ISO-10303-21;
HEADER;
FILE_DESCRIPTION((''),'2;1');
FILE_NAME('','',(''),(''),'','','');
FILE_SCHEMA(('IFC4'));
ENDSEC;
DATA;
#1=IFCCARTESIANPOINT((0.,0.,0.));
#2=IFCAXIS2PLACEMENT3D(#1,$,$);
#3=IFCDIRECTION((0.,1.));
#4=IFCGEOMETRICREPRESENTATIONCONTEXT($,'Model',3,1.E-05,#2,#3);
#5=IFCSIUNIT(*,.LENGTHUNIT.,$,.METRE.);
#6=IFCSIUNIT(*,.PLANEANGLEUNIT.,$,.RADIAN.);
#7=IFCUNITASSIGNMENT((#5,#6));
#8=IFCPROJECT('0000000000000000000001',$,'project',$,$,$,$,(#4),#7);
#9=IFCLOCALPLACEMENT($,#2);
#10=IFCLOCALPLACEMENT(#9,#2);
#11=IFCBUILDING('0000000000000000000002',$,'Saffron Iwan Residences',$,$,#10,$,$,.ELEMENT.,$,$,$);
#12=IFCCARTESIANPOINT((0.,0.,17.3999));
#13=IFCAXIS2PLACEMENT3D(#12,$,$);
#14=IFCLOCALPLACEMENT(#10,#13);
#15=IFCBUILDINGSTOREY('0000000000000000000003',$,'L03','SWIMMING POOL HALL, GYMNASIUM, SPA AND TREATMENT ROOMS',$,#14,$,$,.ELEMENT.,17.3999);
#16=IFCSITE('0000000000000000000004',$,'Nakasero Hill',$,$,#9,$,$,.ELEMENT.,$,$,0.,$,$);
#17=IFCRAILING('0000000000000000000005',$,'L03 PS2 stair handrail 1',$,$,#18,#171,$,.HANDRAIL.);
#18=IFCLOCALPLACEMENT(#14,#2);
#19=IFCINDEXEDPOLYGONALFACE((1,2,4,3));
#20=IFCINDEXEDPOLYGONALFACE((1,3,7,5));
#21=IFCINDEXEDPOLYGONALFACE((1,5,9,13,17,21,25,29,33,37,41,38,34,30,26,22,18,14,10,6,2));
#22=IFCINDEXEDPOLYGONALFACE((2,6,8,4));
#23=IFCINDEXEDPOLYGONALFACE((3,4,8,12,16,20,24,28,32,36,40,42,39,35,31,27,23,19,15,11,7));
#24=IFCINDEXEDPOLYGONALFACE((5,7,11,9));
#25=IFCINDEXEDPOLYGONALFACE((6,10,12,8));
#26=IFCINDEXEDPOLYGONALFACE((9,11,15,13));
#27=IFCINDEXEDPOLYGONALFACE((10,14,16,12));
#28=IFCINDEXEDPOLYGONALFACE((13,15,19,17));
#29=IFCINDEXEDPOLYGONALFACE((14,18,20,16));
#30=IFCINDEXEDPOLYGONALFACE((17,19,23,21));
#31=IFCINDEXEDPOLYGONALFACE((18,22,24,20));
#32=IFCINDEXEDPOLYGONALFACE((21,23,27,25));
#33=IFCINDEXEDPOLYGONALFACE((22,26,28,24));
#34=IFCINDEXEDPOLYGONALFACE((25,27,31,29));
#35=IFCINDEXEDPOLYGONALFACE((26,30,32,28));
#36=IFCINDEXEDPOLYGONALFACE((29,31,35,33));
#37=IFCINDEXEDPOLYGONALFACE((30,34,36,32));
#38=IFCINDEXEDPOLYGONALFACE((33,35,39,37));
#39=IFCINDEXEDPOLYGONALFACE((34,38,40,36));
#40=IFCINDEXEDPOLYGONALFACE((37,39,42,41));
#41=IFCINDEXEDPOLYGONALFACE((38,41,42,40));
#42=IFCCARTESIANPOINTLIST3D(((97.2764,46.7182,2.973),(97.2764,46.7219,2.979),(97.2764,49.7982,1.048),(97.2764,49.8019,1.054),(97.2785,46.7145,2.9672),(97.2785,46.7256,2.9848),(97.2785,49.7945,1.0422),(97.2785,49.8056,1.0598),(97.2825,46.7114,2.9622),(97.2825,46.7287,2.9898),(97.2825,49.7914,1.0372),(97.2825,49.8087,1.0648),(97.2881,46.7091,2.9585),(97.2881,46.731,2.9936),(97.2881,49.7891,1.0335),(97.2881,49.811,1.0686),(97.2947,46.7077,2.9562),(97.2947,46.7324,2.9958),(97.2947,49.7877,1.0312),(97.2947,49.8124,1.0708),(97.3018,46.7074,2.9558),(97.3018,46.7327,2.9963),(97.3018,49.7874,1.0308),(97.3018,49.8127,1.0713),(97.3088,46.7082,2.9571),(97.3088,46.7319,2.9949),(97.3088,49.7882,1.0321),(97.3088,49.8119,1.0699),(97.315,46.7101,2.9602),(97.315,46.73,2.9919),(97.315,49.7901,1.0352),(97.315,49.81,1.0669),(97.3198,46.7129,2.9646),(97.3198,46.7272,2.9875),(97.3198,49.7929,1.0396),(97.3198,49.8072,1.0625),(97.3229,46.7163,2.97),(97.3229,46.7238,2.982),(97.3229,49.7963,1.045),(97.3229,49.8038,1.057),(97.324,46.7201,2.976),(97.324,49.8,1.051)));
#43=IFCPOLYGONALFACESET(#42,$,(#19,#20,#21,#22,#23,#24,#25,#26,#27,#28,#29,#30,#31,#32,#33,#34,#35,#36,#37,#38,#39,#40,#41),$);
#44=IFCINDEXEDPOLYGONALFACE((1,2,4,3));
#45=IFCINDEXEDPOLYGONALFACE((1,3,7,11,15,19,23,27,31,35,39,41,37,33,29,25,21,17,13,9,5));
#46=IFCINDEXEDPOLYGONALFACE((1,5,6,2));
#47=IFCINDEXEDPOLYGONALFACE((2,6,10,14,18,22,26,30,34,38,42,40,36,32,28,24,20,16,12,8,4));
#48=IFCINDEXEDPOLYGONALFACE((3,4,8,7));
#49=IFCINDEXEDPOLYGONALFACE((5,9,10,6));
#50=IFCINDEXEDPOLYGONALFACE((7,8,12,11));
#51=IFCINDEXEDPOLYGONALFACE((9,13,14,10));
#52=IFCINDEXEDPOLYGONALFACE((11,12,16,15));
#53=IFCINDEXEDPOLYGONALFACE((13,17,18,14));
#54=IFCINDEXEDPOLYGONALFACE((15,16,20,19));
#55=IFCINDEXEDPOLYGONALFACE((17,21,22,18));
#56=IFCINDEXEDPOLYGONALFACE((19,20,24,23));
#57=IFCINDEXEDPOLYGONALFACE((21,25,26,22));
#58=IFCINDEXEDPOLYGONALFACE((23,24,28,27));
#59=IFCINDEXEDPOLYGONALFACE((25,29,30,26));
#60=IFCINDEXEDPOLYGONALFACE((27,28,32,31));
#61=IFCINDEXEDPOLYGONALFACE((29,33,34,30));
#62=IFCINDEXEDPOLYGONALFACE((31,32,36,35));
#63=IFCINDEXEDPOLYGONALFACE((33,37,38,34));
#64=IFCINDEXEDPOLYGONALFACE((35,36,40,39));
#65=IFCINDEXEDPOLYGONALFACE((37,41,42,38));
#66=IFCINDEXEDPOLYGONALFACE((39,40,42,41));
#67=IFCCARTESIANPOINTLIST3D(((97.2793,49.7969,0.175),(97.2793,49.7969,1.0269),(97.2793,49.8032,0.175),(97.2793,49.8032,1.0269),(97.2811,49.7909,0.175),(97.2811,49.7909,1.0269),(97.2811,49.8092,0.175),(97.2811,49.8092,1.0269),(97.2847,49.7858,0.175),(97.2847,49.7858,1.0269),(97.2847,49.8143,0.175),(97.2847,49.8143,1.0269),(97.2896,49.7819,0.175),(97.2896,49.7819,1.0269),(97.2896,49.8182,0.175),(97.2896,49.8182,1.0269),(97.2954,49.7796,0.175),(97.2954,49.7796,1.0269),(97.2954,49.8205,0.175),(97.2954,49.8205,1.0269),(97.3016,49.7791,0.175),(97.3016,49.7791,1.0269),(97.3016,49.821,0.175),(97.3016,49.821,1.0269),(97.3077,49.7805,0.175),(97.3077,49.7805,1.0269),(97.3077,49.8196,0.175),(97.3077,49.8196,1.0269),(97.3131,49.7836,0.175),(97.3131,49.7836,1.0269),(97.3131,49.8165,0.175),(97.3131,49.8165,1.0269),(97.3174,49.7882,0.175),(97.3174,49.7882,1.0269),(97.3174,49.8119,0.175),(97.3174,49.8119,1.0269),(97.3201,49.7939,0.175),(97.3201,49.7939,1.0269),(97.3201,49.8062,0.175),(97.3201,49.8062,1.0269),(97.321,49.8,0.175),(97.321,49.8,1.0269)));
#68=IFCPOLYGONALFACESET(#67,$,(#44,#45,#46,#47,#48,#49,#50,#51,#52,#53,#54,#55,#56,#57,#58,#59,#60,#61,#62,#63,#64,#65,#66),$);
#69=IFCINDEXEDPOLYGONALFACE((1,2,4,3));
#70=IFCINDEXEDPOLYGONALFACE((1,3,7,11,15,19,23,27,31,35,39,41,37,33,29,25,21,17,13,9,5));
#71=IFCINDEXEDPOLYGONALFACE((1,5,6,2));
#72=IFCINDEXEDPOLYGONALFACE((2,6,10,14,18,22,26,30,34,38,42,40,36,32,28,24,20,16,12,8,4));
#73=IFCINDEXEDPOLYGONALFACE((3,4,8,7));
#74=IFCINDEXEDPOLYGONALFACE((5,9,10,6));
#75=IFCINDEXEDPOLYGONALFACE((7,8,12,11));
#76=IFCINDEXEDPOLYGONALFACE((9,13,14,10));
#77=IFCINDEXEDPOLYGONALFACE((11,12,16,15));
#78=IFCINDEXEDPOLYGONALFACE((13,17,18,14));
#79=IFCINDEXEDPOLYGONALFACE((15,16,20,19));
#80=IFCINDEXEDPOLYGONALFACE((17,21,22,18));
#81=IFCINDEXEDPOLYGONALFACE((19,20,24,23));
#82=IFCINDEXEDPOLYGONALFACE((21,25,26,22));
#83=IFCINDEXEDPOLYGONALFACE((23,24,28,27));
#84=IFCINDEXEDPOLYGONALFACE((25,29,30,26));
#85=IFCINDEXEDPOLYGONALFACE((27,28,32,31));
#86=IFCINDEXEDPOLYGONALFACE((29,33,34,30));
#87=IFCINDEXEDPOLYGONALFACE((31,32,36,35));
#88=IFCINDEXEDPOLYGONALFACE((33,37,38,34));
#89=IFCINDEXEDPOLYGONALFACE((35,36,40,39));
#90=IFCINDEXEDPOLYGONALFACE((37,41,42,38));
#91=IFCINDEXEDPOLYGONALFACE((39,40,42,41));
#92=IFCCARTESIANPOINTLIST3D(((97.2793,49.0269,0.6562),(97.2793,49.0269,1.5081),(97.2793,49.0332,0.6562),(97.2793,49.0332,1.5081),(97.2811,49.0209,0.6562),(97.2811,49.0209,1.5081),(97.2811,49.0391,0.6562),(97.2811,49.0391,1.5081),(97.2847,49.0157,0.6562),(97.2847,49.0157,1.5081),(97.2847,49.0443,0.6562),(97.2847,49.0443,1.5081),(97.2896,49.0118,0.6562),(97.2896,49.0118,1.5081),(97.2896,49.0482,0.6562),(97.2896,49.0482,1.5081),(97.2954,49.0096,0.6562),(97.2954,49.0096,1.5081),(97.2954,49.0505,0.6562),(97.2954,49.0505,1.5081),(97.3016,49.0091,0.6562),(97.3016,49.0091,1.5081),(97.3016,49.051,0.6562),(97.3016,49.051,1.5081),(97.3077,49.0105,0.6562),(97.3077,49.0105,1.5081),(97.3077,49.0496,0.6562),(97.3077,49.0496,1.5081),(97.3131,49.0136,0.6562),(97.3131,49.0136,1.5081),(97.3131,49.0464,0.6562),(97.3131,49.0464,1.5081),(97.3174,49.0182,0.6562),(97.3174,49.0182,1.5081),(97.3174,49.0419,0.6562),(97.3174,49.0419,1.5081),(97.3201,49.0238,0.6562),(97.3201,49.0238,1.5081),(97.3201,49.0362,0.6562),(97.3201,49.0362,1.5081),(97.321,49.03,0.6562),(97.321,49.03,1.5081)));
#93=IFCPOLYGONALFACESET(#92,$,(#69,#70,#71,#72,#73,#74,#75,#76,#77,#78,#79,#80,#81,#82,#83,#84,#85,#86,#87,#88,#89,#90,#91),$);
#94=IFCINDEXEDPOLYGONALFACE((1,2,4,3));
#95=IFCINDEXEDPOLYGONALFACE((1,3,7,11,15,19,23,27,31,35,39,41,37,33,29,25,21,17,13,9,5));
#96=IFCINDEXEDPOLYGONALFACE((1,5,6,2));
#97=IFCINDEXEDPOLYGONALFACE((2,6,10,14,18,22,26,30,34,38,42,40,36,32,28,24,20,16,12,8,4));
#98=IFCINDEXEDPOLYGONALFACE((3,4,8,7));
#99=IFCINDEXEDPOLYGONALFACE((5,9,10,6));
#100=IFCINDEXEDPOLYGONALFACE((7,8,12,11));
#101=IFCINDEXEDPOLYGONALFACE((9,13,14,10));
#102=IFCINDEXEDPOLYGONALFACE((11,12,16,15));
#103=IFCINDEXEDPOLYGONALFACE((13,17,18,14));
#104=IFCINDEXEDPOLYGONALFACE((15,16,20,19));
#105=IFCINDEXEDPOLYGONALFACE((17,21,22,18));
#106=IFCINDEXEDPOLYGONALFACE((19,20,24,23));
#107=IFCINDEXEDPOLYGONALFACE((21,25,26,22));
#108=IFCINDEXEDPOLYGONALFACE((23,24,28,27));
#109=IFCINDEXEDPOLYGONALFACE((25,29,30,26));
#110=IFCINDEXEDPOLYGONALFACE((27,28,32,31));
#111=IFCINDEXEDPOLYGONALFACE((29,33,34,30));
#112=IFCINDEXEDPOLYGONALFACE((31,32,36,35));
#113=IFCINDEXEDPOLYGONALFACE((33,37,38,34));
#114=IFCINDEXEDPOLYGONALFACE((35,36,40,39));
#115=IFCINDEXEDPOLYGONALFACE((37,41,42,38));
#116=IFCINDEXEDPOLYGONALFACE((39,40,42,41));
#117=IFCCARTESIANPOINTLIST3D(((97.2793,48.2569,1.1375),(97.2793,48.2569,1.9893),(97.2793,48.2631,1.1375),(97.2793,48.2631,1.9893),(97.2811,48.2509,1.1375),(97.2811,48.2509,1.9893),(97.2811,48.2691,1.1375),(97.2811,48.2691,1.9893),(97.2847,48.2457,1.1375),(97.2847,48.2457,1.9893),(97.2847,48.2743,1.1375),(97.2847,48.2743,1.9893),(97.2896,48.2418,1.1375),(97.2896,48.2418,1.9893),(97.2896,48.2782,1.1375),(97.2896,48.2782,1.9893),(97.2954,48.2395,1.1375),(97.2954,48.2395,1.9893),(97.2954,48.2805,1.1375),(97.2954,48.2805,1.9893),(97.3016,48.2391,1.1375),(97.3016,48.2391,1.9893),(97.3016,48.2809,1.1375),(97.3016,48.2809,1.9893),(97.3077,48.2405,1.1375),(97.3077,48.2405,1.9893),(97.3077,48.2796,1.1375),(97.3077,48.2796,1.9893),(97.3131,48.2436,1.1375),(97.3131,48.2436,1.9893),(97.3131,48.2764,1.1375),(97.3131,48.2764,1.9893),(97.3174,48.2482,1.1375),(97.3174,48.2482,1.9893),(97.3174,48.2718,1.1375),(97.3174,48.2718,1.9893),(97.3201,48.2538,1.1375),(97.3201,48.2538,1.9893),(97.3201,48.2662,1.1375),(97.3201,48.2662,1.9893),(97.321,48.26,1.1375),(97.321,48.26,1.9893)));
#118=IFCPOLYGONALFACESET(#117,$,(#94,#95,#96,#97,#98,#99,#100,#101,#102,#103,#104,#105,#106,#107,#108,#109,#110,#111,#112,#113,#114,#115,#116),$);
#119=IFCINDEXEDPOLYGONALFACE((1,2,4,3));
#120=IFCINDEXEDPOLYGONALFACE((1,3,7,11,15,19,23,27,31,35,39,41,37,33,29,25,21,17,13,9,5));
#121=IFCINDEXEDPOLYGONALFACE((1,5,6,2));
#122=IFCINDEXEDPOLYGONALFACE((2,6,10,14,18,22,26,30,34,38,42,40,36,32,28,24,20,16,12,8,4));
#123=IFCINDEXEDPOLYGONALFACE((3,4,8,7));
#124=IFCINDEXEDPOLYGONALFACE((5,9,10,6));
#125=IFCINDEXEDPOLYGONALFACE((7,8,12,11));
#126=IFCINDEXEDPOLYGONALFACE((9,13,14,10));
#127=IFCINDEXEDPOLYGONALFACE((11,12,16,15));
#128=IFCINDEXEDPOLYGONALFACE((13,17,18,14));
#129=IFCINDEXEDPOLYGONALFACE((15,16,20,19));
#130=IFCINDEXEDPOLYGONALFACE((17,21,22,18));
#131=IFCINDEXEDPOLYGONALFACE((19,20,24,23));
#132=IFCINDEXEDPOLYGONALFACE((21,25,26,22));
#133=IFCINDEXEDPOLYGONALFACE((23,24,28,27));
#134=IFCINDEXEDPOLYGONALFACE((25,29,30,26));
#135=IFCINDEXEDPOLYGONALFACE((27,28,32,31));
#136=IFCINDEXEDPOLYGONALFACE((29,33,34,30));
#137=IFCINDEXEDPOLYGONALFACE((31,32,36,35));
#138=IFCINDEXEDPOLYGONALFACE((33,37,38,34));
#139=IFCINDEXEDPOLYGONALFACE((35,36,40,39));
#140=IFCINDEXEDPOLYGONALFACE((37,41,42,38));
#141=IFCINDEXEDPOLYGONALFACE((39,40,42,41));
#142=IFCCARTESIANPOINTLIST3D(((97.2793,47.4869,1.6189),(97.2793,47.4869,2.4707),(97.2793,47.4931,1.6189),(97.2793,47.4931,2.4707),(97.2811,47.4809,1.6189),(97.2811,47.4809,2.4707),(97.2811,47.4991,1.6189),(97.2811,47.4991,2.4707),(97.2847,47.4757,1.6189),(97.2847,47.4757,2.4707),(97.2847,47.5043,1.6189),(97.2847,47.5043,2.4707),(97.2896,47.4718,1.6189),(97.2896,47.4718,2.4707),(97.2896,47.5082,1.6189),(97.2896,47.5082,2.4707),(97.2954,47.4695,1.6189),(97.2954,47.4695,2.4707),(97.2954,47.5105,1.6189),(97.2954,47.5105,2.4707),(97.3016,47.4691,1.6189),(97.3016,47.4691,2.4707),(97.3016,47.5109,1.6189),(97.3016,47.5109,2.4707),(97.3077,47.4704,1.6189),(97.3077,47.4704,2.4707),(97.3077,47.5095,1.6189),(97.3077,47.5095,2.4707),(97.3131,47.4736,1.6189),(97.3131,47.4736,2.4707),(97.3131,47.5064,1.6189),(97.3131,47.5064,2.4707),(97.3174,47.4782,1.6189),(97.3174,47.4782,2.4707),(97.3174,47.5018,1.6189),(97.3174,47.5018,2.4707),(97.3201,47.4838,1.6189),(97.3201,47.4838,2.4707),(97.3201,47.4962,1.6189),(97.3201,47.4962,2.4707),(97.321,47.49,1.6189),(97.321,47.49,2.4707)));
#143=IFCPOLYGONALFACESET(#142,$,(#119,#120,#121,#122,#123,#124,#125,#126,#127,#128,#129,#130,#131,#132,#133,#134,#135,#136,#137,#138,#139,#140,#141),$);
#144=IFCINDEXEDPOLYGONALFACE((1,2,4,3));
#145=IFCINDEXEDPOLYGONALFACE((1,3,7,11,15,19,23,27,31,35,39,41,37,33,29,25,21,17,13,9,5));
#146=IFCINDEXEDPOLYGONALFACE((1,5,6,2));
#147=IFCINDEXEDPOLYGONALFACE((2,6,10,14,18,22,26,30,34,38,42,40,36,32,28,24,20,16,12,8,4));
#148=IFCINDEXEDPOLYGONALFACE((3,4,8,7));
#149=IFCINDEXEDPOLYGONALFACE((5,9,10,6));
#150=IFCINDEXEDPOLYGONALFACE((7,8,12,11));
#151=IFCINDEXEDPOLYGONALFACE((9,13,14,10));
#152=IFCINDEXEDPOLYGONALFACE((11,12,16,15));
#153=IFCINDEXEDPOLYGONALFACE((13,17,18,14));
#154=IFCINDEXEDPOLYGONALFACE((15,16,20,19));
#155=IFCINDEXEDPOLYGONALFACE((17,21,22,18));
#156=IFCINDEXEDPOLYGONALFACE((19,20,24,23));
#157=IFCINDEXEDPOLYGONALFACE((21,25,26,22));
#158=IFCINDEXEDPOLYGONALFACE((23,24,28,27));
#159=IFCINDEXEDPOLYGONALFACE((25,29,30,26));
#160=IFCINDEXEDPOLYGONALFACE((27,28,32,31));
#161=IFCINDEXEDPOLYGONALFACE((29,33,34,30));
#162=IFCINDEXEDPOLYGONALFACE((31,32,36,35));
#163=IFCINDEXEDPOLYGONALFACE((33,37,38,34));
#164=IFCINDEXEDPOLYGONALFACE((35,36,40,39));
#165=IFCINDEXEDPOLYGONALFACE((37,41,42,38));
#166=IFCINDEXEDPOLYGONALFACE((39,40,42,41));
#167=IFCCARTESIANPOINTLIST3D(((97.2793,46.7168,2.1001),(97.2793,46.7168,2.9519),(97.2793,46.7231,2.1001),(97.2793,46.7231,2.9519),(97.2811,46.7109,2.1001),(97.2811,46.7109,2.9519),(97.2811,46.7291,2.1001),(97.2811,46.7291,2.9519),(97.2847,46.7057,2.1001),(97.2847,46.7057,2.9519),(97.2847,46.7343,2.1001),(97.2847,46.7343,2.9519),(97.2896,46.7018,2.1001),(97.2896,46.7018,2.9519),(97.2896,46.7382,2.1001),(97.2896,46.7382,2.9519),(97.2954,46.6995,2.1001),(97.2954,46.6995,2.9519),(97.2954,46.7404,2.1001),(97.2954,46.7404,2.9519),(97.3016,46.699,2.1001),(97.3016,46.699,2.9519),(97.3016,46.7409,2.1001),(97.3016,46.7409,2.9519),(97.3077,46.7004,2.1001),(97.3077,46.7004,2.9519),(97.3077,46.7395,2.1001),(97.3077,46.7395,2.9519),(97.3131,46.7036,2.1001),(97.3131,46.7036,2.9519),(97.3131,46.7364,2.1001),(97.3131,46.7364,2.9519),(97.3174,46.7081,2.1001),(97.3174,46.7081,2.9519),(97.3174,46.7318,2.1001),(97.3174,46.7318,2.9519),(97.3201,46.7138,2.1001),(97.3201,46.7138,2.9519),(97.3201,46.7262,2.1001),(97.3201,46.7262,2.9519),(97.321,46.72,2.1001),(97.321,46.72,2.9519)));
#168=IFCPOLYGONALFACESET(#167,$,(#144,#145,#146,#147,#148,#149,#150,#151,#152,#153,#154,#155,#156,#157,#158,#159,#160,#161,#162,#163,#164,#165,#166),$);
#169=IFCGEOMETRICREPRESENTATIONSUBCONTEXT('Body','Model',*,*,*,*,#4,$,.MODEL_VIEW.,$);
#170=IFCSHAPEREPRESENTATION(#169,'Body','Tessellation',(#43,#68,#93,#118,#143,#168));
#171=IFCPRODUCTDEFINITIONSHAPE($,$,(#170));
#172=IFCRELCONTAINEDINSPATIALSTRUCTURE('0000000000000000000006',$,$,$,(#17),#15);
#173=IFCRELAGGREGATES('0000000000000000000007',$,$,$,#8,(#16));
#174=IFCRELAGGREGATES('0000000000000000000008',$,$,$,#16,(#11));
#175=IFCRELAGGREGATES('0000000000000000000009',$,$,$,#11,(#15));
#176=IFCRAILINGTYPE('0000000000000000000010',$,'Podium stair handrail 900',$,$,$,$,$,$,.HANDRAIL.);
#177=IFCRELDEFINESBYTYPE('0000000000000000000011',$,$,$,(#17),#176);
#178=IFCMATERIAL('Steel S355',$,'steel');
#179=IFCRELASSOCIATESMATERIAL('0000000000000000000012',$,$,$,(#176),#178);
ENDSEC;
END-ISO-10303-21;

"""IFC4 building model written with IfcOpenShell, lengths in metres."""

from ifc_helpers import new_model, si_unit, direction, frame, origin, origin_2d, place, context, subcontext, project, spatial, circle, extrude, material, type_object, element, save


model = new_model("IFC4")

# Units and contexts
model_context = context("Model", 3, precision=1e-05, world=origin(), true_north=direction((0.0, 1.0)))
body_context = subcontext(model_context, "Body", "Model", "MODEL_VIEW")
ifc_project = project(units=[si_unit("LENGTHUNIT", "METRE"), si_unit("PLANEANGLEUNIT", "RADIAN")], contexts=[model_context])

# Site, building, storey
site_placement = place(None, origin())
site = spatial("IfcSite", under=ifc_project, at=site_placement, Name="Nakasero Hill", CompositionType="ELEMENT", RefElevation=0.0)
building_placement = place(site_placement, origin())
building = spatial("IfcBuilding", under=site, at=building_placement, Name="Saffron Iwan Residences", CompositionType="ELEMENT")
storey_placement = place(building_placement, frame((0.0, 0.0, 17.3999)))
storey = spatial("IfcBuildingStorey", under=building, at=storey_placement, Name="L03", Description="SWIMMING POOL HALL, GYMNASIUM, SPA AND TREATMENT ROOMS", CompositionType="ELEMENT", Elevation=17.3999)

# Railing
ifc_material_1 = material(Name="Steel S355", Category="steel")
railing_type_1 = type_object("IfcRailingType", Name="Podium stair handrail 900", PredefinedType="HANDRAIL", material=ifc_material_1)
railing_1_placement = place(storey_placement, frame((97.3, 49.8, 0.175)))
element("IfcRailing", 1, at=railing_1_placement, inside=storey, type_object=railing_type_1, Name="L03 PS2 stair handrail 1", PredefinedType="HANDRAIL", context=body_context, shape_type="SweptSolid", body=[
    extrude(circle(Radius=0.0239, at=origin_2d()), frame((0.0, 0.0, 0.876), z_axis=(0.0, -0.847998, 0.529999), x_axis=(1.0, 0.0, 0.0)), (0.0, 0.0, 1.0), 3.6321),
    extrude(circle(Radius=0.021, at=origin_2d()), origin(), (0.0, 0.0, 1.0), 0.8518),
    extrude(circle(Radius=0.021, at=origin_2d()), frame((0.0, -0.77, 0.4812)), (0.0, 0.0, 1.0), 0.8518),
    extrude(circle(Radius=0.021, at=origin_2d()), frame((0.0, -1.54, 0.9624)), (0.0, 0.0, 1.0), 0.8518),
    extrude(circle(Radius=0.021, at=origin_2d()), frame((0.0, -2.3101, 1.4438)), (0.0, 0.0, 1.0), 0.8518),
    extrude(circle(Radius=0.021, at=origin_2d()), frame((0.0, -3.0801, 1.925)), (0.0, 0.0, 1.0), 0.8518),
])

save(model, "model.ifc")
